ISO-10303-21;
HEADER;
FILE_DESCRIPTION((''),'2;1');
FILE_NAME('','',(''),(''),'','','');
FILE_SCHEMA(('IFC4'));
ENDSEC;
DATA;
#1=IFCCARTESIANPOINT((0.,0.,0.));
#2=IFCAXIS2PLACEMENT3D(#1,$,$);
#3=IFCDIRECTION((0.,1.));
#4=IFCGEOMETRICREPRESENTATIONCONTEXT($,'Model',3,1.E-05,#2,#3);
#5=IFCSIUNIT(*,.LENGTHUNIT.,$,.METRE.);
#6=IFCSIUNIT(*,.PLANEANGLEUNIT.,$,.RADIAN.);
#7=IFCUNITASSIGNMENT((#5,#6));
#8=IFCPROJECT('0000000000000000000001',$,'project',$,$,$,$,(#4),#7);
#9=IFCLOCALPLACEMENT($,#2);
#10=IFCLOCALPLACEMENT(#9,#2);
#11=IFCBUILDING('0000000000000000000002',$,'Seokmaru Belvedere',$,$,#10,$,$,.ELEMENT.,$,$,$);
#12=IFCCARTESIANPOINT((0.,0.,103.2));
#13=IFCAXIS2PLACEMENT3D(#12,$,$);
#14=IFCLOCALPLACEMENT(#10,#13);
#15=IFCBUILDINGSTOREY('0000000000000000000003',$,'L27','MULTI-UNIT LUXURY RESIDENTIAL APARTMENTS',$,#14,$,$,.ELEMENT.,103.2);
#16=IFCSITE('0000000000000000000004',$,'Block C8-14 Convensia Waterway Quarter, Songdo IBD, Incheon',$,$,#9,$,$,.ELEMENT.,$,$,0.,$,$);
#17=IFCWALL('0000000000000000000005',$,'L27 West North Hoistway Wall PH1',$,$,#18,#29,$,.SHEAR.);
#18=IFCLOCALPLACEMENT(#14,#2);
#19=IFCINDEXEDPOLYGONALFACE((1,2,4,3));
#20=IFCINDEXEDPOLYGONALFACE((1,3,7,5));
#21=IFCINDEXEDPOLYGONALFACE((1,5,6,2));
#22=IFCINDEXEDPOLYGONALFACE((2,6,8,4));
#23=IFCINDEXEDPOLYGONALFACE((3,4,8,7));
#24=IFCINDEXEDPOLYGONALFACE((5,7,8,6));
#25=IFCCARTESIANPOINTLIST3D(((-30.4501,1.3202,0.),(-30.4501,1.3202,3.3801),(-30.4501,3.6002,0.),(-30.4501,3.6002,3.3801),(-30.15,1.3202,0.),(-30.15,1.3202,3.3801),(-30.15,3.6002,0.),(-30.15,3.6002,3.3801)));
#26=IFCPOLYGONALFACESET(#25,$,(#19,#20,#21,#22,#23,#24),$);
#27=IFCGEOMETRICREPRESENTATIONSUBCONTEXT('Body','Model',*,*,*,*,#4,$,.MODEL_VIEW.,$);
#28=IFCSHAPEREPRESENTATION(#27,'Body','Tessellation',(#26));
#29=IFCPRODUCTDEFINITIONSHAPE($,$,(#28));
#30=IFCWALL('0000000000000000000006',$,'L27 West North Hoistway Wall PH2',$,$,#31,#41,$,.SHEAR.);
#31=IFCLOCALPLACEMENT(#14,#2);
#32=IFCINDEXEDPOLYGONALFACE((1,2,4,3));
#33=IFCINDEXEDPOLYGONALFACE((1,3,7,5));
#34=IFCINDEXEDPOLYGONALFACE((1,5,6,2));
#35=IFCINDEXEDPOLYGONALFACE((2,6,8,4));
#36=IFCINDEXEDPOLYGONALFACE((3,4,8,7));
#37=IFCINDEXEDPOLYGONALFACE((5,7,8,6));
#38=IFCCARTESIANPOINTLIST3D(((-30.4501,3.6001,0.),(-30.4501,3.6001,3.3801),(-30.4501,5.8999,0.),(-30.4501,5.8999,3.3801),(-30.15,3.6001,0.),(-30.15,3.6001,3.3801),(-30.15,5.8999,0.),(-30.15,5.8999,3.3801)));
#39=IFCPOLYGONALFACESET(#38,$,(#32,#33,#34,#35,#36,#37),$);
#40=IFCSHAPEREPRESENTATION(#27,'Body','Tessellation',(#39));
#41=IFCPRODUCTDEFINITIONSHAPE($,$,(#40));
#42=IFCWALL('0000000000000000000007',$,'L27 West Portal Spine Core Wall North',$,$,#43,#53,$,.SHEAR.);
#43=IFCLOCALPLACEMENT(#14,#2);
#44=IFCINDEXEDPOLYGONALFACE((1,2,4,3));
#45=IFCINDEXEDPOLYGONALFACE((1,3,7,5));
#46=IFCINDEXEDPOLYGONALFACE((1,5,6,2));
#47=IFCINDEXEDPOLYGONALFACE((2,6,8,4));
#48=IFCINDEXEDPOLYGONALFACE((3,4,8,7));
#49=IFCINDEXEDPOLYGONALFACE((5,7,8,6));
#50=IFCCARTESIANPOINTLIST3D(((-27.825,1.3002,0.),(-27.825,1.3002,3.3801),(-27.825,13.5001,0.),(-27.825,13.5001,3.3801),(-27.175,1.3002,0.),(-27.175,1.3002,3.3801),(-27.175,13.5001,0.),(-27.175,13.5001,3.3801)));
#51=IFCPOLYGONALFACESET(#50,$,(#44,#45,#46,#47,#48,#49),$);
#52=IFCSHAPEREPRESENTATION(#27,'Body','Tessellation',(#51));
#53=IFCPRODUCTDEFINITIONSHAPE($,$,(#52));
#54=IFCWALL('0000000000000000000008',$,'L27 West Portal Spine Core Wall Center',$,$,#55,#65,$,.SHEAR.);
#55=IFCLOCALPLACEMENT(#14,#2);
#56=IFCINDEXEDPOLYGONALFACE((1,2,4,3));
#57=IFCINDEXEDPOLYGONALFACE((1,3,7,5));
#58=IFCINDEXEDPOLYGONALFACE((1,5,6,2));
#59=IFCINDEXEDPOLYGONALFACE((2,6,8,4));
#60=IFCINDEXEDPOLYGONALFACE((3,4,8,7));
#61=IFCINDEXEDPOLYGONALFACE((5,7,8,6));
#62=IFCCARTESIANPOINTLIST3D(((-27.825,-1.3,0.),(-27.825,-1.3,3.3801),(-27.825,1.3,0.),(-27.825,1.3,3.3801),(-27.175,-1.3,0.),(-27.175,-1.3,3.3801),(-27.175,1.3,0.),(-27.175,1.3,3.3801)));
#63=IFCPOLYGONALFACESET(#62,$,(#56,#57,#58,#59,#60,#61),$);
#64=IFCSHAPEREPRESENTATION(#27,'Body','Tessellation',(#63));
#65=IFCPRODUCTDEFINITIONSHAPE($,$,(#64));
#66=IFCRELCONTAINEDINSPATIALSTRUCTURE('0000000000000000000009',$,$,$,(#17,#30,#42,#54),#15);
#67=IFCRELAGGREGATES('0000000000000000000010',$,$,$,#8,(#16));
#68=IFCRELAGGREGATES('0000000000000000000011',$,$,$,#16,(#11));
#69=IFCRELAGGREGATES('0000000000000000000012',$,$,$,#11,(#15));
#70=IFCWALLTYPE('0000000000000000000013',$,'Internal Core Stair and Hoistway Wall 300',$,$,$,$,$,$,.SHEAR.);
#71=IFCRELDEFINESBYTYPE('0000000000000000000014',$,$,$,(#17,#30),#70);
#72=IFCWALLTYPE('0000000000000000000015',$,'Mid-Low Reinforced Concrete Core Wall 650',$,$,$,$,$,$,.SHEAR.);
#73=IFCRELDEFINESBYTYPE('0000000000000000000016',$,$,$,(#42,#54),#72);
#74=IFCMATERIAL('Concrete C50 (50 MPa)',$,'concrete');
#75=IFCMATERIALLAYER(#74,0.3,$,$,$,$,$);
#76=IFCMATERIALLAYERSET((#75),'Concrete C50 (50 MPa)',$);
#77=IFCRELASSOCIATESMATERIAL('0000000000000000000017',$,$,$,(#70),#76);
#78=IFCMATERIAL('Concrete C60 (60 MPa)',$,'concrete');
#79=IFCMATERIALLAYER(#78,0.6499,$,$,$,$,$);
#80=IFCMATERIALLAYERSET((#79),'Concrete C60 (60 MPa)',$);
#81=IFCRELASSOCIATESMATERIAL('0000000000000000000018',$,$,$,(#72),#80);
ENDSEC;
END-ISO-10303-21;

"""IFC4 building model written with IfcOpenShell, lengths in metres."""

from ifc_helpers import new_model, si_unit, direction, frame, frame_2d, origin, place, context, subcontext, project, spatial, rectangle, extrude, material, layer, layer_set, type_object, element, save


model = new_model("IFC4")

# Units and contexts
model_context = context("Model", 3, precision=1e-05, world=origin(), true_north=direction((0.0, 1.0)))
body_context = subcontext(model_context, "Body", "Model", "MODEL_VIEW")
ifc_project = project(units=[si_unit("LENGTHUNIT", "METRE"), si_unit("PLANEANGLEUNIT", "RADIAN")], contexts=[model_context])

# Site, building, storey
site_placement = place(None, origin())
site = spatial("IfcSite", under=ifc_project, at=site_placement, Name="Block C8-14 Convensia Waterway Quarter, Songdo IBD, Incheon", CompositionType="ELEMENT", RefElevation=0.0)
building_placement = place(site_placement, origin())
building = spatial("IfcBuilding", under=site, at=building_placement, Name="Seokmaru Belvedere", CompositionType="ELEMENT")
storey_placement = place(building_placement, frame((0.0, 0.0, 103.2)))
storey = spatial("IfcBuildingStorey", under=building, at=storey_placement, Name="L27", Description="MULTI-UNIT LUXURY RESIDENTIAL APARTMENTS", CompositionType="ELEMENT", Elevation=103.2)

# Walls
ifc_material_1 = material(Name="Concrete C50 (50 MPa)", Category="concrete")
ifc_layer_1 = layer(ifc_material_1, 0.3)
ifc_layer_set_1 = layer_set([ifc_layer_1], Name="Concrete C50 (50 MPa)")
wall_type_1 = type_object("IfcWallType", Name="Internal Core Stair and Hoistway Wall 300", PredefinedType="SHEAR", material=ifc_layer_set_1)
wall_1_placement = place(storey_placement, frame((-30.3, 1.3201, 0.0), z_axis=(0.0, 0.0, 1.0), x_axis=(0.0, 1.0, 0.0)))
element("IfcWall", 1, at=wall_1_placement, inside=storey, type_object=wall_type_1, Name="L27 West North Hoistway Wall PH1", PredefinedType="SHEAR", context=body_context, shape_type="SweptSolid", body=[
    extrude(rectangle(XDim=2.28, YDim=0.3, at=frame_2d((1.1401, 0.0))), origin(), (0.0, 0.0, 1.0), 3.3801),
])
wall_2_placement = place(storey_placement, frame((-30.3, 3.6001, 0.0), z_axis=(0.0, 0.0, 1.0), x_axis=(0.0, 1.0, 0.0)))
element("IfcWall", 2, at=wall_2_placement, inside=storey, type_object=wall_type_1, Name="L27 West North Hoistway Wall PH2", PredefinedType="SHEAR", context=body_context, shape_type="SweptSolid", body=[
    extrude(rectangle(XDim=2.2998, YDim=0.3, at=frame_2d((1.1499, 0.0))), origin(), (0.0, 0.0, 1.0), 3.3801),
])
ifc_material_2 = material(Name="Concrete C60 (60 MPa)", Category="concrete")
ifc_layer_2 = layer(ifc_material_2, 0.6499)
ifc_layer_set_2 = layer_set([ifc_layer_2], Name="Concrete C60 (60 MPa)")
wall_type_2 = type_object("IfcWallType", Name="Mid-Low Reinforced Concrete Core Wall 650", PredefinedType="SHEAR", material=ifc_layer_set_2)
wall_3_placement = place(storey_placement, frame((-27.5, 1.3, 0.0), z_axis=(0.0, 0.0, 1.0), x_axis=(0.0, 1.0, 0.0)))
element("IfcWall", 3, at=wall_3_placement, inside=storey, type_object=wall_type_2, Name="L27 West Portal Spine Core Wall North", PredefinedType="SHEAR", context=body_context, shape_type="SweptSolid", body=[
    extrude(rectangle(XDim=12.2, YDim=0.6499, at=frame_2d((6.1001, 0.0))), origin(), (0.0, 0.0, 1.0), 3.3801),
])
wall_4_placement = place(storey_placement, frame((-27.5, -1.3, 0.0), z_axis=(0.0, 0.0, 1.0), x_axis=(0.0, 1.0, 0.0)))
element("IfcWall", 4, at=wall_4_placement, inside=storey, type_object=wall_type_2, Name="L27 West Portal Spine Core Wall Center", PredefinedType="SHEAR", context=body_context, shape_type="SweptSolid", body=[
    extrude(rectangle(XDim=2.6001, YDim=0.6499, at=frame_2d((1.3, 0.0))), origin(), (0.0, 0.0, 1.0), 3.3801),
])

save(model, "model.ifc")
